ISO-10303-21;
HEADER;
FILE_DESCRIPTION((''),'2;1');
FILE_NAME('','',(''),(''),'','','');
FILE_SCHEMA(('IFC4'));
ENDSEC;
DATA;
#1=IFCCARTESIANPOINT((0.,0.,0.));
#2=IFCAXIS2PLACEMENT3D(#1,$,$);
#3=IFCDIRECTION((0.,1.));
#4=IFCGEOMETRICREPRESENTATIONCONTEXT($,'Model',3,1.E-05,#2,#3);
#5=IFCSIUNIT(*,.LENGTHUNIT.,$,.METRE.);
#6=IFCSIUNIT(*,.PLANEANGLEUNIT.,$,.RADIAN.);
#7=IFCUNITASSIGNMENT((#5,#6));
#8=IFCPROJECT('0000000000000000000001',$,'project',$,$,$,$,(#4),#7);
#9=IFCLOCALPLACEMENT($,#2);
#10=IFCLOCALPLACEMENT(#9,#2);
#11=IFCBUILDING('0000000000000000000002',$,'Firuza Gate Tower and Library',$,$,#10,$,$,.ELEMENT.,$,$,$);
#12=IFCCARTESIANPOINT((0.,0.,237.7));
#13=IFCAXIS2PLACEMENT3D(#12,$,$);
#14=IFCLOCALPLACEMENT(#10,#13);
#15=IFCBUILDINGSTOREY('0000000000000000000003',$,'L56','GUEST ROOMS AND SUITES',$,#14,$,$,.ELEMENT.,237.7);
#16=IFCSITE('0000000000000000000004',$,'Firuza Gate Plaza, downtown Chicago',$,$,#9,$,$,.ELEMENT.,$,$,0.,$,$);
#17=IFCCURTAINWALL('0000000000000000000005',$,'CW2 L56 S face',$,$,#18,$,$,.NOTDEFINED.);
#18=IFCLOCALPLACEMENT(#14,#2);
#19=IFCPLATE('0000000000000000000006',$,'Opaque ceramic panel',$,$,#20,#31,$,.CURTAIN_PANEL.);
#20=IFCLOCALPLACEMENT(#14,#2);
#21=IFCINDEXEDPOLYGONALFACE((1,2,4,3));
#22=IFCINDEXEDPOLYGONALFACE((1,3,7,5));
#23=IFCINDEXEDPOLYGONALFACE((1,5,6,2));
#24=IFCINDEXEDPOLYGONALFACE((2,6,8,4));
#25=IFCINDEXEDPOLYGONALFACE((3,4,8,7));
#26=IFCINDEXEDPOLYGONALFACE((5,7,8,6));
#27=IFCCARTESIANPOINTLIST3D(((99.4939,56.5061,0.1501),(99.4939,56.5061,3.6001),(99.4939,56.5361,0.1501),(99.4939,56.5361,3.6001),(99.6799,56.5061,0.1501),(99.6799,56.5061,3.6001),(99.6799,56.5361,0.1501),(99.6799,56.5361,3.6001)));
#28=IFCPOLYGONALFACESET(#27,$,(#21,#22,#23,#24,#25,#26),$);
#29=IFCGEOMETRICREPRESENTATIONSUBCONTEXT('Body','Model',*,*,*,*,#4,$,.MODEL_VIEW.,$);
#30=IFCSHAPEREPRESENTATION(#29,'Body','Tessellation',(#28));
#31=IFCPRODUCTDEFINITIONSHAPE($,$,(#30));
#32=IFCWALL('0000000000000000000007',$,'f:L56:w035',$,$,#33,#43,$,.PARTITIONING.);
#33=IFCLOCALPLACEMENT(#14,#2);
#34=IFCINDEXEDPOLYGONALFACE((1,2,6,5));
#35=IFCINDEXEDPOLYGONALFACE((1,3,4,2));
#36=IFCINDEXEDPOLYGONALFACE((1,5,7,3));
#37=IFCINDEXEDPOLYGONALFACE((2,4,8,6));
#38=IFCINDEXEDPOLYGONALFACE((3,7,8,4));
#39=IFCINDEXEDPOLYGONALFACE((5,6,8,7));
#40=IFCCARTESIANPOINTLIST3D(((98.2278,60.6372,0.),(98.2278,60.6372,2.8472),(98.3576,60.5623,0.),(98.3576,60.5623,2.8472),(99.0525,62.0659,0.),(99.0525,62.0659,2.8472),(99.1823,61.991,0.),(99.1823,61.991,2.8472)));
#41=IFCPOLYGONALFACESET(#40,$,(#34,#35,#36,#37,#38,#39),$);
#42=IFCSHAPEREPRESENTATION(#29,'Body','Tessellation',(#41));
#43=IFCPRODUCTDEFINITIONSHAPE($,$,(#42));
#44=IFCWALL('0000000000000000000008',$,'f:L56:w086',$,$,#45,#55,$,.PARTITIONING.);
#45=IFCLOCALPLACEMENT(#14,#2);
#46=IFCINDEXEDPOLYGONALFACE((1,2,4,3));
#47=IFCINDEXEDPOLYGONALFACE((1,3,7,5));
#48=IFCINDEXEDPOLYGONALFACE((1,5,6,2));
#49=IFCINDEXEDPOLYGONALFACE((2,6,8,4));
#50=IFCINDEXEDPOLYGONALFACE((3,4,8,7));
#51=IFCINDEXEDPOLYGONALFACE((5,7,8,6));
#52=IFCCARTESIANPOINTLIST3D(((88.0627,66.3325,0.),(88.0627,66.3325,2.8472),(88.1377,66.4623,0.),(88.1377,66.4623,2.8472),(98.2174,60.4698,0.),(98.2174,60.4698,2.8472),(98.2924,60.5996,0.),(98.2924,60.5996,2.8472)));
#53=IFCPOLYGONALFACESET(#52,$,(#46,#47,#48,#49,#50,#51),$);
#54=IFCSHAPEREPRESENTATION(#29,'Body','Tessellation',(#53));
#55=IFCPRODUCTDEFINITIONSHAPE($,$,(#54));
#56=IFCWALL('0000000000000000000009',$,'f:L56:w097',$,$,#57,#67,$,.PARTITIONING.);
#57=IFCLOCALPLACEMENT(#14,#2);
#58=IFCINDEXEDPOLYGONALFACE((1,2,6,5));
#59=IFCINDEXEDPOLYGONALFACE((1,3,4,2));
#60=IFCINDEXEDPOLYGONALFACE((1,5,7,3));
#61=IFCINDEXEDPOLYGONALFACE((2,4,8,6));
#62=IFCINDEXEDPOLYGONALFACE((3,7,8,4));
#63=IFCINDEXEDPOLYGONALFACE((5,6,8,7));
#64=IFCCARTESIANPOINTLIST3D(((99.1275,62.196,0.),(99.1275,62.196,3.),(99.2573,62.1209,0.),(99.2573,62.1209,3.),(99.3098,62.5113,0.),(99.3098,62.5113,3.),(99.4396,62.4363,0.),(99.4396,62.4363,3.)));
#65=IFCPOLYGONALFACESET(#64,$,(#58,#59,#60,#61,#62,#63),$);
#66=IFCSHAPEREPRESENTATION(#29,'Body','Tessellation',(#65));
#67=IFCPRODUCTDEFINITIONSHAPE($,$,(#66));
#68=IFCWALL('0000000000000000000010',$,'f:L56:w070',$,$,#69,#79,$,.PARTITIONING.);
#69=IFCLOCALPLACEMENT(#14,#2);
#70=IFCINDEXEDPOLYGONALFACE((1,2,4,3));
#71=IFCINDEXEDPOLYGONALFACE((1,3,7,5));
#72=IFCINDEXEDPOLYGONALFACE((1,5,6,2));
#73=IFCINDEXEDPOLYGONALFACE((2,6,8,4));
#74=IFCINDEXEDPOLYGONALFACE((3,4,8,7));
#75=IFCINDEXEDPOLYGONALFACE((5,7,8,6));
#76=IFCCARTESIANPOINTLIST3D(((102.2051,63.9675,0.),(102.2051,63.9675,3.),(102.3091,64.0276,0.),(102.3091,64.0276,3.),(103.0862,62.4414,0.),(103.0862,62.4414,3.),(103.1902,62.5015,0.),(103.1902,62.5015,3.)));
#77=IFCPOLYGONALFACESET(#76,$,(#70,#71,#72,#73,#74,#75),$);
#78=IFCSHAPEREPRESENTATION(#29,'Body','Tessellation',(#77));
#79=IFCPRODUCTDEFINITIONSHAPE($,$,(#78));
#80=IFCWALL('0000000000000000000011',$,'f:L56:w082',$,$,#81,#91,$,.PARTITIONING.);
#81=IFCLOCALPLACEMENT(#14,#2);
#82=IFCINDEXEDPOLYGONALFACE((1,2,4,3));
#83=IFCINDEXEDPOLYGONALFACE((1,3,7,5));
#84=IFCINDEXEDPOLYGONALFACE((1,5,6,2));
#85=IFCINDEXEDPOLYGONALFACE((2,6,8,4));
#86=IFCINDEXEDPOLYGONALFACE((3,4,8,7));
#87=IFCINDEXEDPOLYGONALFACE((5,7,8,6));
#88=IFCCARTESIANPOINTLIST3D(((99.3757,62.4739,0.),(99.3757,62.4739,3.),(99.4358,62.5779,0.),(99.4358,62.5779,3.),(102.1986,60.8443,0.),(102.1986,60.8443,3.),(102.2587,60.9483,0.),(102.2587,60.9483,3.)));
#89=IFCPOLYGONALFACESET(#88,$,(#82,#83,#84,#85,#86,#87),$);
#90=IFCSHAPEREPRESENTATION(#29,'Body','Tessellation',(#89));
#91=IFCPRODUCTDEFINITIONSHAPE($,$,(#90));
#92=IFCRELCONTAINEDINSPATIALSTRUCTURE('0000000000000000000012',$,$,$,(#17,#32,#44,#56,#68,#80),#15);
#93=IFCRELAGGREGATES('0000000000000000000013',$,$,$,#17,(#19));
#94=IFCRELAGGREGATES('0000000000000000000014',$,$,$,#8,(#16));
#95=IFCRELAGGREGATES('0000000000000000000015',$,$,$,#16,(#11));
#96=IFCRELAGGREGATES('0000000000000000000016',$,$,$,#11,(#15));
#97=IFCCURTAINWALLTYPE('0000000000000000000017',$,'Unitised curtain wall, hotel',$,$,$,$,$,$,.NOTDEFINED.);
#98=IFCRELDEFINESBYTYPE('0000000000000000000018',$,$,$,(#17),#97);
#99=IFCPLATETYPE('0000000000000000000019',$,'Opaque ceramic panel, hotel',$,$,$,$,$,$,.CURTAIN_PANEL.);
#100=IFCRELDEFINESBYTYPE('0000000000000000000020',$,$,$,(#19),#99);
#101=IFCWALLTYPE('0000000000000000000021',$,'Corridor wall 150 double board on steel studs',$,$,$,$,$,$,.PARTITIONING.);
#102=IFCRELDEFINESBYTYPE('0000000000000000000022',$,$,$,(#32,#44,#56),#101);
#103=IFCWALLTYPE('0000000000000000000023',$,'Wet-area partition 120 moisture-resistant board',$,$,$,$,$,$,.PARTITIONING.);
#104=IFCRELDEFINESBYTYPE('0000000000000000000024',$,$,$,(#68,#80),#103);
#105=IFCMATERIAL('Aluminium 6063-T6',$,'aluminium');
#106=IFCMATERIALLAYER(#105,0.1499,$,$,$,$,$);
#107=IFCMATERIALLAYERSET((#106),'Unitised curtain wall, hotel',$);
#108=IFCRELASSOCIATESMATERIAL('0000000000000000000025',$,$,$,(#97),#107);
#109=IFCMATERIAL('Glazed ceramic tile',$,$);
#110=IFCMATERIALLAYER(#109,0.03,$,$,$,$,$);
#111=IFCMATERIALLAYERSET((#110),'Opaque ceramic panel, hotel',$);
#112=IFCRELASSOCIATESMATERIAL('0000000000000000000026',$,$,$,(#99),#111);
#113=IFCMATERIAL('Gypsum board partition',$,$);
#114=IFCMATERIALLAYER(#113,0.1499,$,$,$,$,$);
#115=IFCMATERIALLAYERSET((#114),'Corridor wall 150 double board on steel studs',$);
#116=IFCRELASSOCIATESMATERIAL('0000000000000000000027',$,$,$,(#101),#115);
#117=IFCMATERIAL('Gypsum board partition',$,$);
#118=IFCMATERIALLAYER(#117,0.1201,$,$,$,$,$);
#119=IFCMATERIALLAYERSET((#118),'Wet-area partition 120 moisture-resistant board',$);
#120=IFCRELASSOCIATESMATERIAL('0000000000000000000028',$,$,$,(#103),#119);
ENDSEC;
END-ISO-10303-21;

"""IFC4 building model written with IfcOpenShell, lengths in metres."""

from ifc_helpers import new_model, si_unit, direction, frame, frame_2d, origin, place, context, subcontext, project, spatial, polyline, rectangle, outline, extrude, material, layer, layer_set, type_object, element, aggregate, save


model = new_model("IFC4")

# Units and contexts
model_context = context("Model", 3, precision=1e-05, world=origin(), true_north=direction((0.0, 1.0)))
body_context = subcontext(model_context, "Body", "Model", "MODEL_VIEW")
ifc_project = project(units=[si_unit("LENGTHUNIT", "METRE"), si_unit("PLANEANGLEUNIT", "RADIAN")], contexts=[model_context])

# Site, building, storey
site_placement = place(None, origin())
site = spatial("IfcSite", under=ifc_project, at=site_placement, Name="Firuza Gate Plaza, downtown Chicago", CompositionType="ELEMENT", RefElevation=0.0)
building_placement = place(site_placement, origin())
building = spatial("IfcBuilding", under=site, at=building_placement, Name="Firuza Gate Tower and Library", CompositionType="ELEMENT")
storey_placement = place(building_placement, frame((0.0, 0.0, 237.7)))
storey = spatial("IfcBuildingStorey", under=building, at=storey_placement, Name="L56", Description="GUEST ROOMS AND SUITES", CompositionType="ELEMENT", Elevation=237.7)

# Curtain wall
ifc_material_1 = material(Name="Aluminium 6063-T6", Category="aluminium")
ifc_layer_1 = layer(ifc_material_1, 0.1499)
ifc_layer_set_1 = layer_set([ifc_layer_1], Name="Unitised curtain wall, hotel")
curtain_wall_type_1 = type_object("IfcCurtainWallType", Name="Unitised curtain wall, hotel", PredefinedType="NOTDEFINED", material=ifc_layer_set_1)
placement = place(storey_placement, origin())
curtain_wall_1 = element("IfcCurtainWall", 1, at=placement, inside=storey, type_object=curtain_wall_type_1, Name="CW2 L56 S face", PredefinedType="NOTDEFINED")

# Plate
ifc_material_2 = material(Name="Glazed ceramic tile")
ifc_layer_2 = layer(ifc_material_2, 0.03)
ifc_layer_set_2 = layer_set([ifc_layer_2], Name="Opaque ceramic panel, hotel")
plate_type_1 = type_object("IfcPlateType", Name="Opaque ceramic panel, hotel", PredefinedType="CURTAIN_PANEL", material=ifc_layer_set_2)
plate_1_placement = place(storey_placement, frame((99.4939, 56.5061, 0.1501), z_axis=(0.0, -1.0, 0.0), x_axis=(1.0, 0.0, 0.0)))
plate_1 = element("IfcPlate", 2, at=plate_1_placement, type_object=plate_type_1, Name="Opaque ceramic panel", PredefinedType="CURTAIN_PANEL", context=body_context, shape_type="SweptSolid", body=[
    extrude(outline(polyline([(0.0, 0.0), (0.186, 0.0), (0.186, 3.45), (0.0, 3.45), (0.0, 0.0)])), origin(), (0.0, 0.0, -1.0), 0.03),
])
aggregate(curtain_wall_1, [plate_1])

# Walls
ifc_material_3 = material(Name="Gypsum board partition")
ifc_layer_3 = layer(ifc_material_3, 0.1499)
ifc_layer_set_3 = layer_set([ifc_layer_3], Name="Corridor wall 150 double board on steel studs")
wall_type_1 = type_object("IfcWallType", Name="Corridor wall 150 double board on steel studs", PredefinedType="PARTITIONING", material=ifc_layer_set_3)
wall_1_placement = place(storey_placement, frame((98.2927, 60.5999, 0.0), z_axis=(0.0, 0.0, 1.0), x_axis=(0.499927, 0.866067, 0.0)))
element("IfcWall", 3, at=wall_1_placement, inside=storey, type_object=wall_type_1, Name="f:L56:w035", PredefinedType="PARTITIONING", context=body_context, shape_type="SweptSolid", body=[
    extrude(rectangle(XDim=1.6497, YDim=0.1499, at=frame_2d((0.8247, 0.0))), origin(), (0.0, 0.0, 1.0), 2.8472),
])
wall_2_placement = place(storey_placement, frame((98.2549, 60.5347, 0.0), z_axis=(0.0, 0.0, 1.0), x_axis=(-0.866028, 0.499995, 0.0)))
element("IfcWall", 4, at=wall_2_placement, inside=storey, type_object=wall_type_1, Name="f:L56:w086", PredefinedType="PARTITIONING", context=body_context, shape_type="SweptSolid", body=[
    extrude(rectangle(XDim=11.7256, YDim=0.1499, at=frame_2d((5.8628, 0.0))), origin(), (0.0, 0.0, 1.0), 2.8472),
])
wall_3_placement = place(storey_placement, frame((99.1924, 62.1584, 0.0), z_axis=(0.0, 0.0, 1.0), x_axis=(0.500534, 0.865717, 0.0)))
element("IfcWall", 5, at=wall_3_placement, inside=storey, type_object=wall_type_1, Name="f:L56:w097", PredefinedType="PARTITIONING", context=body_context, shape_type="SweptSolid", body=[
    extrude(rectangle(XDim=0.3643, YDim=0.1499, at=frame_2d((0.1821, 0.0))), origin(), (0.0, 0.0, 1.0), 3.0),
])
ifc_material_4 = material(Name="Gypsum board partition")
ifc_layer_4 = layer(ifc_material_4, 0.1201)
ifc_layer_set_4 = layer_set([ifc_layer_4], Name="Wet-area partition 120 moisture-resistant board")
wall_type_2 = type_object("IfcWallType", Name="Wet-area partition 120 moisture-resistant board", PredefinedType="PARTITIONING", material=ifc_layer_set_4)
wall_4_placement = place(storey_placement, frame((103.1382, 62.4714, 0.0), z_axis=(0.0, 0.0, 1.0), x_axis=(-0.499998, 0.866026, 0.0)))
element("IfcWall", 6, at=wall_4_placement, inside=storey, type_object=wall_type_2, Name="f:L56:w070", PredefinedType="PARTITIONING", context=body_context, shape_type="SweptSolid", body=[
    extrude(rectangle(XDim=1.7622, YDim=0.1201, at=frame_2d((0.8811, 0.0))), origin(), (0.0, 0.0, 1.0), 3.0),
])
wall_5_placement = place(storey_placement, frame((102.2288, 60.8962, 0.0), z_axis=(0.0, 0.0, 1.0), x_axis=(-0.866055, 0.499949, 0.0)))
element("IfcWall", 7, at=wall_5_placement, inside=storey, type_object=wall_type_2, Name="f:L56:w082", PredefinedType="PARTITIONING", context=body_context, shape_type="SweptSolid", body=[
    extrude(rectangle(XDim=3.2595, YDim=0.1201, at=frame_2d((1.6299, 0.0))), origin(), (0.0, 0.0, 1.0), 3.0),
])

save(model, "model.ifc")
